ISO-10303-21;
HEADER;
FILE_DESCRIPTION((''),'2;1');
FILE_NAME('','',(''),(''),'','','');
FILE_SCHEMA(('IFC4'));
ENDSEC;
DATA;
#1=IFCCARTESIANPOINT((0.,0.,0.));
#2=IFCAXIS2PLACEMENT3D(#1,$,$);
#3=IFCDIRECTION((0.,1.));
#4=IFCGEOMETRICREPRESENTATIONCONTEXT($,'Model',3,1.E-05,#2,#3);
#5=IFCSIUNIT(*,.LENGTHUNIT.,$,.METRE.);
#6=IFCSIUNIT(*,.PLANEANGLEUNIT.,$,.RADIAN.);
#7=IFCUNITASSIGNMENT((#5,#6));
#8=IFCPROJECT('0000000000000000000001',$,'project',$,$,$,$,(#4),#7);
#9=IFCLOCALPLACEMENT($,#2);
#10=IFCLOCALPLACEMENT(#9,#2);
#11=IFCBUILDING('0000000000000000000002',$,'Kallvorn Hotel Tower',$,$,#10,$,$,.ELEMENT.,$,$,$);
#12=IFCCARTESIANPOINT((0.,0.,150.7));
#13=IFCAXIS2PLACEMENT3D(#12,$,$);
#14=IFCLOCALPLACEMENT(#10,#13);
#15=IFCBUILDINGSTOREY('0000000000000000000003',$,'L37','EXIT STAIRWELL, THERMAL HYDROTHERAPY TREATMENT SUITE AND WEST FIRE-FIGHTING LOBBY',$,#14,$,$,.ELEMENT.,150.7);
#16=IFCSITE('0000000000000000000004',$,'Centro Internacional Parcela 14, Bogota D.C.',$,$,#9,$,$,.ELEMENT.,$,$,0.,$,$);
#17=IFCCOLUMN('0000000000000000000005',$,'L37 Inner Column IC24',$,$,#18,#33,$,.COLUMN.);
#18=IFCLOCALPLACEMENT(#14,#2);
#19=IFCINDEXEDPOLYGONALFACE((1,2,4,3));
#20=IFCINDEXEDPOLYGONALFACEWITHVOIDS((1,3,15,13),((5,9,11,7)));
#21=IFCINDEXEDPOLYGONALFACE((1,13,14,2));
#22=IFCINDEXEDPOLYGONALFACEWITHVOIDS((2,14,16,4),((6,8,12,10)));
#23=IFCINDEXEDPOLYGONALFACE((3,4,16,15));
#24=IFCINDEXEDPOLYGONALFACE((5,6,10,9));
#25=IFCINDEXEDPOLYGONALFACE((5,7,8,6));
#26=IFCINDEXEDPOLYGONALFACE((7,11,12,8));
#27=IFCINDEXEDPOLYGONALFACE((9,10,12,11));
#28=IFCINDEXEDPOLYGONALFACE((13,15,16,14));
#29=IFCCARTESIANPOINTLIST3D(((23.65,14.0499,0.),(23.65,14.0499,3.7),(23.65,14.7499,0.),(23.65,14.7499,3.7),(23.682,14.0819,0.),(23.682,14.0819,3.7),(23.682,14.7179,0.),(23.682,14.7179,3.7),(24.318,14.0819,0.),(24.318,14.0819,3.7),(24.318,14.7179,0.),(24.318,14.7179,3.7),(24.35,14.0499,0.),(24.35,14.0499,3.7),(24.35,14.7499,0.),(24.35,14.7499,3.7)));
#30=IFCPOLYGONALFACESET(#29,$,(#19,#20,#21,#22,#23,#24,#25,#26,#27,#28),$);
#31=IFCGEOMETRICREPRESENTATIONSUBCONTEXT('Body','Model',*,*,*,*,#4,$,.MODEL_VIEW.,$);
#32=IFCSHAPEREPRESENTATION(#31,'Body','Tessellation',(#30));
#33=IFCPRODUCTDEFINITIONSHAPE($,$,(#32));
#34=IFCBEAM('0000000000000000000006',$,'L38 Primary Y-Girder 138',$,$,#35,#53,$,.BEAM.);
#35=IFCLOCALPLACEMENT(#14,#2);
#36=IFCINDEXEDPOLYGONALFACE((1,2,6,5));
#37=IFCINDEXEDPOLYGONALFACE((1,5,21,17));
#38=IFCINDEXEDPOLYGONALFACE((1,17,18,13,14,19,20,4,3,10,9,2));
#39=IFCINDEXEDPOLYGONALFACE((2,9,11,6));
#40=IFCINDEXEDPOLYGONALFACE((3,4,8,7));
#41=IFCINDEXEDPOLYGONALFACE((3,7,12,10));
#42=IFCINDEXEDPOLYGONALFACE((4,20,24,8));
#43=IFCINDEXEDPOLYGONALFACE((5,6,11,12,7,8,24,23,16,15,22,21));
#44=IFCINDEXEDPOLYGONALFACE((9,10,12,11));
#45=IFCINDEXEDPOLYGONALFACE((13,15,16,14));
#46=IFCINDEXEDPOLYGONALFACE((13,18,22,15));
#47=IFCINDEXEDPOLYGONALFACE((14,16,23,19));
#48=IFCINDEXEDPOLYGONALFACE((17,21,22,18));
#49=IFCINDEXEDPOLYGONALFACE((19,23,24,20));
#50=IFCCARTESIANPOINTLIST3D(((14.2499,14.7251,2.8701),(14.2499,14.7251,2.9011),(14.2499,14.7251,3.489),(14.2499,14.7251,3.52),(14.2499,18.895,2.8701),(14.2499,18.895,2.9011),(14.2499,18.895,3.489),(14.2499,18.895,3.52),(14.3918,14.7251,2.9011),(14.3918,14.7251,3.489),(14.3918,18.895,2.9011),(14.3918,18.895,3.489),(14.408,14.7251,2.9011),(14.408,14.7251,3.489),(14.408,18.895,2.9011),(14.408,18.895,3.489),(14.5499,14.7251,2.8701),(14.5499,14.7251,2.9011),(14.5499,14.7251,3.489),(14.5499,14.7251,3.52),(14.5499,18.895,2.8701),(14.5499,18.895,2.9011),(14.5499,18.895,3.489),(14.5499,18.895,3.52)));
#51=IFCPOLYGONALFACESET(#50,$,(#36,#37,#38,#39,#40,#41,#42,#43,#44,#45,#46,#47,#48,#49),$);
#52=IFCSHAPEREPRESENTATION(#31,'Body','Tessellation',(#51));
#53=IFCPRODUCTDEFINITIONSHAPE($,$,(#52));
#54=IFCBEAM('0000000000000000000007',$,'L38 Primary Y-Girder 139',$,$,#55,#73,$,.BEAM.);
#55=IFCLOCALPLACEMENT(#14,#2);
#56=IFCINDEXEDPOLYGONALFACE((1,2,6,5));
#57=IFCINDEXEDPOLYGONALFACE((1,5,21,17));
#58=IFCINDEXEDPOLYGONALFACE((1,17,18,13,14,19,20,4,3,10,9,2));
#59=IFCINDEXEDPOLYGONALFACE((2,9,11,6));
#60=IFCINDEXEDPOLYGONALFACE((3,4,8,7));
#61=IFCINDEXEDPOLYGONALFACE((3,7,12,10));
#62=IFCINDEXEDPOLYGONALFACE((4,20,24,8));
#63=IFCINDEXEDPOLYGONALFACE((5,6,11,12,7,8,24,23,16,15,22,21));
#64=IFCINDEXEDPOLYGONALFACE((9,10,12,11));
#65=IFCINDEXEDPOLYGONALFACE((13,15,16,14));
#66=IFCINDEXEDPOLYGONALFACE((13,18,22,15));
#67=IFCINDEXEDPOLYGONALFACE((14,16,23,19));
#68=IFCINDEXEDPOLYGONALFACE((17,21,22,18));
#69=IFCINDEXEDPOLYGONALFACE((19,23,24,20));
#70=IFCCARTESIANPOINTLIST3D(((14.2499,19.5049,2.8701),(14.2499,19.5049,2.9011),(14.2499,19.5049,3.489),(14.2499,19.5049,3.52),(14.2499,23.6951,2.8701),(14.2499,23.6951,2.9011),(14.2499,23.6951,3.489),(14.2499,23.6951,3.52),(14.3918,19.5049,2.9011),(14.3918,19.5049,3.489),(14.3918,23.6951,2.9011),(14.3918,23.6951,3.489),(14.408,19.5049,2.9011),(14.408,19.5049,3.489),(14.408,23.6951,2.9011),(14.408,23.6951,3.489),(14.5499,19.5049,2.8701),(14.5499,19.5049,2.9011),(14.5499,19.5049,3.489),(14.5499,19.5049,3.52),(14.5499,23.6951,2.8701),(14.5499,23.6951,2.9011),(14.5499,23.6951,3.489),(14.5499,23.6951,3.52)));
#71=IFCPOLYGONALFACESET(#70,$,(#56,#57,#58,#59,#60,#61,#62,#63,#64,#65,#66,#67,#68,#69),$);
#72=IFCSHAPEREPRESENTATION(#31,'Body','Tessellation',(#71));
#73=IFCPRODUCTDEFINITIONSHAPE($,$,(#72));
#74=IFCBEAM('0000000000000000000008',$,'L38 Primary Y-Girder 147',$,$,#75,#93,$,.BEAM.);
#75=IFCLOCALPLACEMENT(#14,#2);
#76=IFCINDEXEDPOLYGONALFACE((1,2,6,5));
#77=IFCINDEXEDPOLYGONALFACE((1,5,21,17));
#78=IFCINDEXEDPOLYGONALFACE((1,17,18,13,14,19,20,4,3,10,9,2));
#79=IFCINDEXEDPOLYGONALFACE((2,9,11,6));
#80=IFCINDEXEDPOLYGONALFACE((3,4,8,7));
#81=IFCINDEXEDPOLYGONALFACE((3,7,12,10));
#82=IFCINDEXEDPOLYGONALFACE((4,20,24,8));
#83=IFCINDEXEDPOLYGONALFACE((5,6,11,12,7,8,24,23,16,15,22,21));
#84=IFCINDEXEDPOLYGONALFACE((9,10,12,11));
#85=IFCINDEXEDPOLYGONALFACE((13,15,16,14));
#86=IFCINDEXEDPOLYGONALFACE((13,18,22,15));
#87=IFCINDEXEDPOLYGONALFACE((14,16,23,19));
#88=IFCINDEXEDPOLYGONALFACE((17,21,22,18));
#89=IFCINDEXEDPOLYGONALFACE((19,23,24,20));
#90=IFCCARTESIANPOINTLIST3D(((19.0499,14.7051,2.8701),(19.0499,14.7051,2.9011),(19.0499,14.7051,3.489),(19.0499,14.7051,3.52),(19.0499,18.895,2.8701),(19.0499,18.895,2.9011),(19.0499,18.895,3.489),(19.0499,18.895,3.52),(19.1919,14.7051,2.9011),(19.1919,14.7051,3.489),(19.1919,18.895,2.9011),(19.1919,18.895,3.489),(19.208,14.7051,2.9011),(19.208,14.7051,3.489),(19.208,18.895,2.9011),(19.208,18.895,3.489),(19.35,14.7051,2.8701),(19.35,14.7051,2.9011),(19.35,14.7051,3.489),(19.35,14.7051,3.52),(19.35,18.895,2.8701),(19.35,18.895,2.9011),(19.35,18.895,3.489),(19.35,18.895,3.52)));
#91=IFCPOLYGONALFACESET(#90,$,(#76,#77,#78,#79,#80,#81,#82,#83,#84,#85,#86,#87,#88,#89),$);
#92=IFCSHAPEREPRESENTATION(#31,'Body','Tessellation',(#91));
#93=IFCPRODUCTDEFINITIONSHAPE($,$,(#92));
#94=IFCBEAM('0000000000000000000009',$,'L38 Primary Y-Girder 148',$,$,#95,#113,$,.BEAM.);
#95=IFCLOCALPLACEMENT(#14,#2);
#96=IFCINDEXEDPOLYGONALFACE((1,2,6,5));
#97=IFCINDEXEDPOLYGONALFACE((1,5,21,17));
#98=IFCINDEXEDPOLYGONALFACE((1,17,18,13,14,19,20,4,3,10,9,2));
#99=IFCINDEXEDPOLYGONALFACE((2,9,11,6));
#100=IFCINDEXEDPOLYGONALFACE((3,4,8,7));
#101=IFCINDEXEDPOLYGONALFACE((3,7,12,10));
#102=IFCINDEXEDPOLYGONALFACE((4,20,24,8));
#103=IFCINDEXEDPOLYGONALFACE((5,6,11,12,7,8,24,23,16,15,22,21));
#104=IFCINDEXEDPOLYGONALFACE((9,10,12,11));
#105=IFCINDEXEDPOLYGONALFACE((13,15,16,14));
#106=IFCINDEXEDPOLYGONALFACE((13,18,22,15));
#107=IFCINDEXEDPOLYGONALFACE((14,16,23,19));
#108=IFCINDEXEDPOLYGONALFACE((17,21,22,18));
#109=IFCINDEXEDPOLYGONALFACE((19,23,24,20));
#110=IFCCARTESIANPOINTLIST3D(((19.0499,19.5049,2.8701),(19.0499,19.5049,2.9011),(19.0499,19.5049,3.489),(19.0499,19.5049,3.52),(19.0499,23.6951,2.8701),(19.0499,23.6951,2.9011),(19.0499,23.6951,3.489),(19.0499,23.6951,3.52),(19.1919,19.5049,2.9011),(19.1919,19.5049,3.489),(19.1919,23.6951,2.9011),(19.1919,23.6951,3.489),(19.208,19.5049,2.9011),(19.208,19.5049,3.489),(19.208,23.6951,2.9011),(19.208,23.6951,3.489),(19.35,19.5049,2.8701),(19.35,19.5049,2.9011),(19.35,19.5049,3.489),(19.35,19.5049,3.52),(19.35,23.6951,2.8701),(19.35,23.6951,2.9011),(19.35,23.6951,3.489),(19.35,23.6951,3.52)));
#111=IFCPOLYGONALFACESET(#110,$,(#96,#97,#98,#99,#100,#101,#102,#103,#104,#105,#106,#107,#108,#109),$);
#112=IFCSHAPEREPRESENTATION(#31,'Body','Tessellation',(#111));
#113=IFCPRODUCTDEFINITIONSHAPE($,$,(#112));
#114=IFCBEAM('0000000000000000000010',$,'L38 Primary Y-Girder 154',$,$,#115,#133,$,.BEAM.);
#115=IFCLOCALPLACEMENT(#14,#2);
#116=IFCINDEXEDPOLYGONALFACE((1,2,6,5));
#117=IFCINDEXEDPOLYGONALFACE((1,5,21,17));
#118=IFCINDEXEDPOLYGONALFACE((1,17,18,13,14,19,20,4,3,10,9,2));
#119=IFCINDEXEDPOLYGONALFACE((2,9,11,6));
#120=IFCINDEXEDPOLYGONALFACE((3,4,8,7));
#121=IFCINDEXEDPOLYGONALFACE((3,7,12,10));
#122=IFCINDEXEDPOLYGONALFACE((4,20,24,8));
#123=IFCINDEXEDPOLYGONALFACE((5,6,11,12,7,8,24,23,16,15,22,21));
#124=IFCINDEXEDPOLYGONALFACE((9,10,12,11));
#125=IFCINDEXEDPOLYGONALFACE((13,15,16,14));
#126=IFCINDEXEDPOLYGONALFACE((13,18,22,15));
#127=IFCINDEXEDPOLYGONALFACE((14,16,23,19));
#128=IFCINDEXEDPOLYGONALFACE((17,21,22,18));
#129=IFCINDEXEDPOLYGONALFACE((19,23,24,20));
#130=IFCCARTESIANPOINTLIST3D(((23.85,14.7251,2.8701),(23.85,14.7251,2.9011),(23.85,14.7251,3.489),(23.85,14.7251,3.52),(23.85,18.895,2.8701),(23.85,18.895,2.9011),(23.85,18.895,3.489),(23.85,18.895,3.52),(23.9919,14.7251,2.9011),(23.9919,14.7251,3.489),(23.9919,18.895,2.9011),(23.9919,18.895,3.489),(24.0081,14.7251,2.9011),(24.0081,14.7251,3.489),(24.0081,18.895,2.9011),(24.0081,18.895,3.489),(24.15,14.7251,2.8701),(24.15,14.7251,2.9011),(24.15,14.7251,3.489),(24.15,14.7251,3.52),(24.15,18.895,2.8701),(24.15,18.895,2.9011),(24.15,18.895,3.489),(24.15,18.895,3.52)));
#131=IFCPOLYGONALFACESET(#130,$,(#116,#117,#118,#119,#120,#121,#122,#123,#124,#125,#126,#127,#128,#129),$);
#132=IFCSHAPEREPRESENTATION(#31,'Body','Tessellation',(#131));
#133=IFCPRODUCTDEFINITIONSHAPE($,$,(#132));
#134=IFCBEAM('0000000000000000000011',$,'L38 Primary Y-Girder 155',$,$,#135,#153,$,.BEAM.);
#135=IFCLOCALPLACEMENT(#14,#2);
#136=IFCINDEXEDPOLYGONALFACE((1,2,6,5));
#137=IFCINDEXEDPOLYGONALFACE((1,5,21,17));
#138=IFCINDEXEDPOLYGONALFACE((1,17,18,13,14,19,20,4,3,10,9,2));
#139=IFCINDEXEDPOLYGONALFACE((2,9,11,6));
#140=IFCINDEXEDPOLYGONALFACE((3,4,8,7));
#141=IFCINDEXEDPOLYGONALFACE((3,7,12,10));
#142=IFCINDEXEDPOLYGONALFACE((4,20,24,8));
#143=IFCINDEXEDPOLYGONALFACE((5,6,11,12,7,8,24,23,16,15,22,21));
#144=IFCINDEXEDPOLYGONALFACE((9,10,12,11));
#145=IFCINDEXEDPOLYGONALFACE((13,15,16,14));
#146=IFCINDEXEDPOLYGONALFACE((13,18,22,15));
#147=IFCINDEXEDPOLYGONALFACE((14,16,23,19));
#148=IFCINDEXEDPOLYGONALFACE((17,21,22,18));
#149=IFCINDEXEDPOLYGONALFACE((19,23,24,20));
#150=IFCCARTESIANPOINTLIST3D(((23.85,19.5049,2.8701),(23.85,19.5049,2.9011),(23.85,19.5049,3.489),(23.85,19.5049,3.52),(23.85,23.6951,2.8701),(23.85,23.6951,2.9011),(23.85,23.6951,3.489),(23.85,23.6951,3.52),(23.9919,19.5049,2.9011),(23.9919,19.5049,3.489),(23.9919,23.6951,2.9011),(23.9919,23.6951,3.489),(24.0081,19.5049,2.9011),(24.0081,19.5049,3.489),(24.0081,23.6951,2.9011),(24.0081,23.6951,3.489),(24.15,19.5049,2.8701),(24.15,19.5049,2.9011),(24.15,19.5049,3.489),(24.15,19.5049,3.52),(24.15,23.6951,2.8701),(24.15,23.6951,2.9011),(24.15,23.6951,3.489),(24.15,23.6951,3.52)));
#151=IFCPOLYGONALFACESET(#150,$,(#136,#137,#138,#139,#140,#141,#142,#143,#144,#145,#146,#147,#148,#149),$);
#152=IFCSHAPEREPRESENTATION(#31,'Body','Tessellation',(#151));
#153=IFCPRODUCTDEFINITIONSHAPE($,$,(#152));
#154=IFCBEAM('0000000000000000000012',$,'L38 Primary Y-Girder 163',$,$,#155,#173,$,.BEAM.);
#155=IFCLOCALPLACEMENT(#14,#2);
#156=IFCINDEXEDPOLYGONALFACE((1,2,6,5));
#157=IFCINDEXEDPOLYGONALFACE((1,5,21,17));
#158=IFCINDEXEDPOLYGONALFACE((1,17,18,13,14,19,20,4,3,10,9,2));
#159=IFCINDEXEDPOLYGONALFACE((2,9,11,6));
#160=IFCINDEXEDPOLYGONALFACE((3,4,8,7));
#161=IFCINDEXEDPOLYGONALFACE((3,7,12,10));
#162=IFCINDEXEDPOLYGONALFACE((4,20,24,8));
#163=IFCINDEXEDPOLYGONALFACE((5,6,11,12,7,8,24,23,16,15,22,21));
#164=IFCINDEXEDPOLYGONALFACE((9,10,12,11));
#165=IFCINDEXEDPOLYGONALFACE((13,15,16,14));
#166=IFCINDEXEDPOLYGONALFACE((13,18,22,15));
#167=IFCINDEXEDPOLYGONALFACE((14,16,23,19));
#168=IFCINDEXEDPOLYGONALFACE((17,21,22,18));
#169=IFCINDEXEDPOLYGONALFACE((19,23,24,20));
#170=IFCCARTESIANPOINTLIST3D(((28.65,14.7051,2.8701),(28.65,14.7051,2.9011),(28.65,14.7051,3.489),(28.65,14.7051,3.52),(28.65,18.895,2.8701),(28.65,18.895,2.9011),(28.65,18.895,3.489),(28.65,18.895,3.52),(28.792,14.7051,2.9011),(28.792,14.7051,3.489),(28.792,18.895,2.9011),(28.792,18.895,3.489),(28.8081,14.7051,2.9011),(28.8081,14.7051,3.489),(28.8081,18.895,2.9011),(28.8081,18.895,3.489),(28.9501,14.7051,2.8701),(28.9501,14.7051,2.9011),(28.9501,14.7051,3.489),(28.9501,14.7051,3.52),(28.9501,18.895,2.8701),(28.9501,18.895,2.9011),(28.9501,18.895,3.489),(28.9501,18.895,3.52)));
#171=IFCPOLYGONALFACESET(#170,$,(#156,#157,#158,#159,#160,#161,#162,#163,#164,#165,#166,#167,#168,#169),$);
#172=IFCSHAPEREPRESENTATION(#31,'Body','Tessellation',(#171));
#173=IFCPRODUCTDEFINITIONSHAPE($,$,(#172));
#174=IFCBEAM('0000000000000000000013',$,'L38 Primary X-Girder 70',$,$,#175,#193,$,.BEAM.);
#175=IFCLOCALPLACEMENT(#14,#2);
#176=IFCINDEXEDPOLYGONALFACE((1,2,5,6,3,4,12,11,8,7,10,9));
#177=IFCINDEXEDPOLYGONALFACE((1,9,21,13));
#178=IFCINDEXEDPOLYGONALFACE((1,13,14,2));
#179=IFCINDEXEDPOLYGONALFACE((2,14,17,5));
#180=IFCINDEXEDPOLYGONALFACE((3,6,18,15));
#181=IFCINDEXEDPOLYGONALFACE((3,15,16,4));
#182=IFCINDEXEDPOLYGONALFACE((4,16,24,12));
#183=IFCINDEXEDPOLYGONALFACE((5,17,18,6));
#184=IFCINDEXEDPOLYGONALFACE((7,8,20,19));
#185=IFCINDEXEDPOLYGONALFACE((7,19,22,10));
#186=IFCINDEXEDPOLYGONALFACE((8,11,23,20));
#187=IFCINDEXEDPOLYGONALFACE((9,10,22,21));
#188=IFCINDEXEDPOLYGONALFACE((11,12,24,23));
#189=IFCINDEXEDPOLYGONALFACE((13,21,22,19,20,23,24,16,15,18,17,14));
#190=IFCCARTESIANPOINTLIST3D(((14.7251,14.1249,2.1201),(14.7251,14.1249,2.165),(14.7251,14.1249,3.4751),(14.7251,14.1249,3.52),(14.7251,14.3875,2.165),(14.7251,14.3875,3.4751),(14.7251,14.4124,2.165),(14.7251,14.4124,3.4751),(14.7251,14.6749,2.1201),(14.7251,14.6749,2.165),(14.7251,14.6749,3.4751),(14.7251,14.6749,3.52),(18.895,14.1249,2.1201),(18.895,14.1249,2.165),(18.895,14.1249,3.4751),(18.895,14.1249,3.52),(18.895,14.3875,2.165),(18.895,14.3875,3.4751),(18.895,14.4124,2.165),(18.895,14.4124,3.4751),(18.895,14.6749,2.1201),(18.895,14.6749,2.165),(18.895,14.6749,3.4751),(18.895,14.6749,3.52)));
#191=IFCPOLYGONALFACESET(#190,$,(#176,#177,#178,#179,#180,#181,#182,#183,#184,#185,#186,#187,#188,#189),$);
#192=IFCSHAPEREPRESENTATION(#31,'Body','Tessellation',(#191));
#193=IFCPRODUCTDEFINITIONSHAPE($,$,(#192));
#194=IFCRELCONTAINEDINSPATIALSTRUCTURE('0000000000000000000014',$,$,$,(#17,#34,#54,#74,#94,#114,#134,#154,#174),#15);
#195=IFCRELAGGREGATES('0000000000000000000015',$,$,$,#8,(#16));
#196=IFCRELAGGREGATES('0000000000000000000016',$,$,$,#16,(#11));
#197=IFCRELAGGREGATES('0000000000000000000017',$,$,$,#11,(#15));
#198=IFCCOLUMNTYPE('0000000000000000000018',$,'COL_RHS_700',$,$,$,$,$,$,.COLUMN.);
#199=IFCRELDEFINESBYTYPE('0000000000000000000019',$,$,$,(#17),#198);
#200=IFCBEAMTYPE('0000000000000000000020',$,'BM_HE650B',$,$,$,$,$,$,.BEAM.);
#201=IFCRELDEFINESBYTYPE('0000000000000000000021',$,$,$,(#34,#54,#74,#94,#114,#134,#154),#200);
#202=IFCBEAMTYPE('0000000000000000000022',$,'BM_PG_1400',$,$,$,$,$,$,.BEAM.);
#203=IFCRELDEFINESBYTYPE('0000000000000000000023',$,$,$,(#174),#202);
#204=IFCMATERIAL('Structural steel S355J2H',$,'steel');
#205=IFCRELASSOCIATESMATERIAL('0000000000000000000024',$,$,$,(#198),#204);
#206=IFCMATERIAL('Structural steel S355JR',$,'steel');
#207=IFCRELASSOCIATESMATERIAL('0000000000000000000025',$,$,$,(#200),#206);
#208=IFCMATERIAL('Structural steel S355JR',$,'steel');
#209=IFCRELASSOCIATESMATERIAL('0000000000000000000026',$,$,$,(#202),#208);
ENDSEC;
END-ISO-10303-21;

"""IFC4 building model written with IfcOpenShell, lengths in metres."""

from ifc_helpers import new_model, si_unit, direction, frame, origin, origin_2d, place, context, subcontext, project, spatial, hollow_rectangle, i_section, extrude, material, material_profile, profile_set, type_object, element, save


model = new_model("IFC4")

# Units and contexts
model_context = context("Model", 3, precision=1e-05, world=origin(), true_north=direction((0.0, 1.0)))
body_context = subcontext(model_context, "Body", "Model", "MODEL_VIEW")
ifc_project = project(units=[si_unit("LENGTHUNIT", "METRE"), si_unit("PLANEANGLEUNIT", "RADIAN")], contexts=[model_context])

# Site, building, storey
site_placement = place(None, origin())
site = spatial("IfcSite", under=ifc_project, at=site_placement, Name="Centro Internacional Parcela 14, Bogota D.C.", CompositionType="ELEMENT", RefElevation=0.0)
building_placement = place(site_placement, origin())
building = spatial("IfcBuilding", under=site, at=building_placement, Name="Kallvorn Hotel Tower", CompositionType="ELEMENT")
storey_placement = place(building_placement, frame((0.0, 0.0, 150.7)))
storey = spatial("IfcBuildingStorey", under=building, at=storey_placement, Name="L37", Description="EXIT STAIRWELL, THERMAL HYDROTHERAPY TREATMENT SUITE AND WEST FIRE-FIGHTING LOBBY", CompositionType="ELEMENT", Elevation=150.7)

# Column
ifc_material_1 = material(Name="Structural steel S355J2H", Category="steel")
ifc_material_profile_1 = material_profile(ifc_material_1, hollow_rectangle(XDim=0.7, YDim=0.7, WallThickness=0.032, at=origin_2d()), Name="RHS 700x700x32")
ifc_profile_set_1 = profile_set([ifc_material_profile_1], Name="Structural steel S355J2H")
column_type_1 = type_object("IfcColumnType", Name="COL_RHS_700", PredefinedType="COLUMN", material=ifc_profile_set_1)
column_placement = place(storey_placement, frame((24.0, 14.3999, 0.0), z_axis=(0.0, 0.0, 1.0), x_axis=(1.0, 0.0, 0.0)))
element("IfcColumn", 1, at=column_placement, inside=storey, type_object=column_type_1, Name="L37 Inner Column IC24", PredefinedType="COLUMN", context=body_context, shape_type="SweptSolid", body=[
    extrude(hollow_rectangle(XDim=0.7, YDim=0.7, WallThickness=0.032, at=origin_2d()), origin(), (0.0, 0.0, 1.0), 3.7),
])

# Beams
ifc_material_2 = material(Name="Structural steel S355JR", Category="steel")
ifc_material_profile_2 = material_profile(ifc_material_2, i_section(OverallWidth=0.3, OverallDepth=0.6499, WebThickness=0.0161, FlangeThickness=0.031, at=origin_2d()), Name="HE 650 B")
ifc_profile_set_2 = profile_set([ifc_material_profile_2], Name="Structural steel S355JR")
beam_type_1 = type_object("IfcBeamType", Name="BM_HE650B", PredefinedType="BEAM", material=ifc_profile_set_2)
beam_1_placement = place(storey_placement, frame((14.3999, 14.7251, 3.1951), z_axis=(0.0, 1.0, 0.0), x_axis=(-1.0, 0.0, 0.0)))
element("IfcBeam", 2, at=beam_1_placement, inside=storey, type_object=beam_type_1, Name="L38 Primary Y-Girder 138", PredefinedType="BEAM", context=body_context, shape_type="SweptSolid", body=[
    extrude(i_section(OverallWidth=0.3, OverallDepth=0.6499, WebThickness=0.0161, FlangeThickness=0.031, at=origin_2d()), origin(), (0.0, 0.0, 1.0), 4.1699),
])
beam_2_placement = place(storey_placement, frame((14.3999, 19.5049, 3.1951), z_axis=(0.0, 1.0, 0.0), x_axis=(-1.0, 0.0, 0.0)))
element("IfcBeam", 3, at=beam_2_placement, inside=storey, type_object=beam_type_1, Name="L38 Primary Y-Girder 139", PredefinedType="BEAM", context=body_context, shape_type="SweptSolid", body=[
    extrude(i_section(OverallWidth=0.3, OverallDepth=0.6499, WebThickness=0.0161, FlangeThickness=0.031, at=origin_2d()), origin(), (0.0, 0.0, 1.0), 4.1902),
])
beam_3_placement = place(storey_placement, frame((19.2, 14.7051, 3.1951), z_axis=(0.0, 1.0, 0.0), x_axis=(-1.0, 0.0, 0.0)))
element("IfcBeam", 4, at=beam_3_placement, inside=storey, type_object=beam_type_1, Name="L38 Primary Y-Girder 147", PredefinedType="BEAM", context=body_context, shape_type="SweptSolid", body=[
    extrude(i_section(OverallWidth=0.3, OverallDepth=0.6499, WebThickness=0.0161, FlangeThickness=0.031, at=origin_2d()), origin(), (0.0, 0.0, 1.0), 4.1899),
])
beam_4_placement = place(storey_placement, frame((19.2, 19.5049, 3.1951), z_axis=(0.0, 1.0, 0.0), x_axis=(-1.0, 0.0, 0.0)))
element("IfcBeam", 5, at=beam_4_placement, inside=storey, type_object=beam_type_1, Name="L38 Primary Y-Girder 148", PredefinedType="BEAM", context=body_context, shape_type="SweptSolid", body=[
    extrude(i_section(OverallWidth=0.3, OverallDepth=0.6499, WebThickness=0.0161, FlangeThickness=0.031, at=origin_2d()), origin(), (0.0, 0.0, 1.0), 4.1902),
])
beam_5_placement = place(storey_placement, frame((24.0, 14.7251, 3.1951), z_axis=(0.0, 1.0, 0.0), x_axis=(-1.0, 0.0, 0.0)))
element("IfcBeam", 6, at=beam_5_placement, inside=storey, type_object=beam_type_1, Name="L38 Primary Y-Girder 154", PredefinedType="BEAM", context=body_context, shape_type="SweptSolid", body=[
    extrude(i_section(OverallWidth=0.3, OverallDepth=0.6499, WebThickness=0.0161, FlangeThickness=0.031, at=origin_2d()), origin(), (0.0, 0.0, 1.0), 4.1699),
])
beam_6_placement = place(storey_placement, frame((24.0, 19.5049, 3.1951), z_axis=(0.0, 1.0, 0.0), x_axis=(-1.0, 0.0, 0.0)))
element("IfcBeam", 7, at=beam_6_placement, inside=storey, type_object=beam_type_1, Name="L38 Primary Y-Girder 155", PredefinedType="BEAM", context=body_context, shape_type="SweptSolid", body=[
    extrude(i_section(OverallWidth=0.3, OverallDepth=0.6499, WebThickness=0.0161, FlangeThickness=0.031, at=origin_2d()), origin(), (0.0, 0.0, 1.0), 4.1902),
])
beam_7_placement = place(storey_placement, frame((28.8, 14.7051, 3.1951), z_axis=(0.0, 1.0, 0.0), x_axis=(-1.0, 0.0, 0.0)))
element("IfcBeam", 8, at=beam_7_placement, inside=storey, type_object=beam_type_1, Name="L38 Primary Y-Girder 163", PredefinedType="BEAM", context=body_context, shape_type="SweptSolid", body=[
    extrude(i_section(OverallWidth=0.3, OverallDepth=0.6499, WebThickness=0.0161, FlangeThickness=0.031, at=origin_2d()), origin(), (0.0, 0.0, 1.0), 4.1899),
])
ifc_material_3 = material(Name="Structural steel S355JR", Category="steel")
ifc_material_profile_3 = material_profile(ifc_material_3, i_section(OverallWidth=0.55, OverallDepth=1.3999, WebThickness=0.0249, FlangeThickness=0.0449, at=origin_2d()), Name="PG 1400x550x25x45")
ifc_profile_set_3 = profile_set([ifc_material_profile_3], Name="Structural steel S355JR")
beam_type_2 = type_object("IfcBeamType", Name="BM_PG_1400", PredefinedType="BEAM", material=ifc_profile_set_3)
beam_8_placement = place(storey_placement, frame((14.7251, 14.3999, 2.8201), z_axis=(1.0, 0.0, 0.0), x_axis=(0.0, 1.0, 0.0)))
element("IfcBeam", 9, at=beam_8_placement, inside=storey, type_object=beam_type_2, Name="L38 Primary X-Girder 70", PredefinedType="BEAM", context=body_context, shape_type="SweptSolid", body=[
    extrude(i_section(OverallWidth=0.55, OverallDepth=1.3999, WebThickness=0.0249, FlangeThickness=0.0449, at=origin_2d()), origin(), (0.0, 0.0, 1.0), 4.1699),
])

save(model, "model.ifc")
